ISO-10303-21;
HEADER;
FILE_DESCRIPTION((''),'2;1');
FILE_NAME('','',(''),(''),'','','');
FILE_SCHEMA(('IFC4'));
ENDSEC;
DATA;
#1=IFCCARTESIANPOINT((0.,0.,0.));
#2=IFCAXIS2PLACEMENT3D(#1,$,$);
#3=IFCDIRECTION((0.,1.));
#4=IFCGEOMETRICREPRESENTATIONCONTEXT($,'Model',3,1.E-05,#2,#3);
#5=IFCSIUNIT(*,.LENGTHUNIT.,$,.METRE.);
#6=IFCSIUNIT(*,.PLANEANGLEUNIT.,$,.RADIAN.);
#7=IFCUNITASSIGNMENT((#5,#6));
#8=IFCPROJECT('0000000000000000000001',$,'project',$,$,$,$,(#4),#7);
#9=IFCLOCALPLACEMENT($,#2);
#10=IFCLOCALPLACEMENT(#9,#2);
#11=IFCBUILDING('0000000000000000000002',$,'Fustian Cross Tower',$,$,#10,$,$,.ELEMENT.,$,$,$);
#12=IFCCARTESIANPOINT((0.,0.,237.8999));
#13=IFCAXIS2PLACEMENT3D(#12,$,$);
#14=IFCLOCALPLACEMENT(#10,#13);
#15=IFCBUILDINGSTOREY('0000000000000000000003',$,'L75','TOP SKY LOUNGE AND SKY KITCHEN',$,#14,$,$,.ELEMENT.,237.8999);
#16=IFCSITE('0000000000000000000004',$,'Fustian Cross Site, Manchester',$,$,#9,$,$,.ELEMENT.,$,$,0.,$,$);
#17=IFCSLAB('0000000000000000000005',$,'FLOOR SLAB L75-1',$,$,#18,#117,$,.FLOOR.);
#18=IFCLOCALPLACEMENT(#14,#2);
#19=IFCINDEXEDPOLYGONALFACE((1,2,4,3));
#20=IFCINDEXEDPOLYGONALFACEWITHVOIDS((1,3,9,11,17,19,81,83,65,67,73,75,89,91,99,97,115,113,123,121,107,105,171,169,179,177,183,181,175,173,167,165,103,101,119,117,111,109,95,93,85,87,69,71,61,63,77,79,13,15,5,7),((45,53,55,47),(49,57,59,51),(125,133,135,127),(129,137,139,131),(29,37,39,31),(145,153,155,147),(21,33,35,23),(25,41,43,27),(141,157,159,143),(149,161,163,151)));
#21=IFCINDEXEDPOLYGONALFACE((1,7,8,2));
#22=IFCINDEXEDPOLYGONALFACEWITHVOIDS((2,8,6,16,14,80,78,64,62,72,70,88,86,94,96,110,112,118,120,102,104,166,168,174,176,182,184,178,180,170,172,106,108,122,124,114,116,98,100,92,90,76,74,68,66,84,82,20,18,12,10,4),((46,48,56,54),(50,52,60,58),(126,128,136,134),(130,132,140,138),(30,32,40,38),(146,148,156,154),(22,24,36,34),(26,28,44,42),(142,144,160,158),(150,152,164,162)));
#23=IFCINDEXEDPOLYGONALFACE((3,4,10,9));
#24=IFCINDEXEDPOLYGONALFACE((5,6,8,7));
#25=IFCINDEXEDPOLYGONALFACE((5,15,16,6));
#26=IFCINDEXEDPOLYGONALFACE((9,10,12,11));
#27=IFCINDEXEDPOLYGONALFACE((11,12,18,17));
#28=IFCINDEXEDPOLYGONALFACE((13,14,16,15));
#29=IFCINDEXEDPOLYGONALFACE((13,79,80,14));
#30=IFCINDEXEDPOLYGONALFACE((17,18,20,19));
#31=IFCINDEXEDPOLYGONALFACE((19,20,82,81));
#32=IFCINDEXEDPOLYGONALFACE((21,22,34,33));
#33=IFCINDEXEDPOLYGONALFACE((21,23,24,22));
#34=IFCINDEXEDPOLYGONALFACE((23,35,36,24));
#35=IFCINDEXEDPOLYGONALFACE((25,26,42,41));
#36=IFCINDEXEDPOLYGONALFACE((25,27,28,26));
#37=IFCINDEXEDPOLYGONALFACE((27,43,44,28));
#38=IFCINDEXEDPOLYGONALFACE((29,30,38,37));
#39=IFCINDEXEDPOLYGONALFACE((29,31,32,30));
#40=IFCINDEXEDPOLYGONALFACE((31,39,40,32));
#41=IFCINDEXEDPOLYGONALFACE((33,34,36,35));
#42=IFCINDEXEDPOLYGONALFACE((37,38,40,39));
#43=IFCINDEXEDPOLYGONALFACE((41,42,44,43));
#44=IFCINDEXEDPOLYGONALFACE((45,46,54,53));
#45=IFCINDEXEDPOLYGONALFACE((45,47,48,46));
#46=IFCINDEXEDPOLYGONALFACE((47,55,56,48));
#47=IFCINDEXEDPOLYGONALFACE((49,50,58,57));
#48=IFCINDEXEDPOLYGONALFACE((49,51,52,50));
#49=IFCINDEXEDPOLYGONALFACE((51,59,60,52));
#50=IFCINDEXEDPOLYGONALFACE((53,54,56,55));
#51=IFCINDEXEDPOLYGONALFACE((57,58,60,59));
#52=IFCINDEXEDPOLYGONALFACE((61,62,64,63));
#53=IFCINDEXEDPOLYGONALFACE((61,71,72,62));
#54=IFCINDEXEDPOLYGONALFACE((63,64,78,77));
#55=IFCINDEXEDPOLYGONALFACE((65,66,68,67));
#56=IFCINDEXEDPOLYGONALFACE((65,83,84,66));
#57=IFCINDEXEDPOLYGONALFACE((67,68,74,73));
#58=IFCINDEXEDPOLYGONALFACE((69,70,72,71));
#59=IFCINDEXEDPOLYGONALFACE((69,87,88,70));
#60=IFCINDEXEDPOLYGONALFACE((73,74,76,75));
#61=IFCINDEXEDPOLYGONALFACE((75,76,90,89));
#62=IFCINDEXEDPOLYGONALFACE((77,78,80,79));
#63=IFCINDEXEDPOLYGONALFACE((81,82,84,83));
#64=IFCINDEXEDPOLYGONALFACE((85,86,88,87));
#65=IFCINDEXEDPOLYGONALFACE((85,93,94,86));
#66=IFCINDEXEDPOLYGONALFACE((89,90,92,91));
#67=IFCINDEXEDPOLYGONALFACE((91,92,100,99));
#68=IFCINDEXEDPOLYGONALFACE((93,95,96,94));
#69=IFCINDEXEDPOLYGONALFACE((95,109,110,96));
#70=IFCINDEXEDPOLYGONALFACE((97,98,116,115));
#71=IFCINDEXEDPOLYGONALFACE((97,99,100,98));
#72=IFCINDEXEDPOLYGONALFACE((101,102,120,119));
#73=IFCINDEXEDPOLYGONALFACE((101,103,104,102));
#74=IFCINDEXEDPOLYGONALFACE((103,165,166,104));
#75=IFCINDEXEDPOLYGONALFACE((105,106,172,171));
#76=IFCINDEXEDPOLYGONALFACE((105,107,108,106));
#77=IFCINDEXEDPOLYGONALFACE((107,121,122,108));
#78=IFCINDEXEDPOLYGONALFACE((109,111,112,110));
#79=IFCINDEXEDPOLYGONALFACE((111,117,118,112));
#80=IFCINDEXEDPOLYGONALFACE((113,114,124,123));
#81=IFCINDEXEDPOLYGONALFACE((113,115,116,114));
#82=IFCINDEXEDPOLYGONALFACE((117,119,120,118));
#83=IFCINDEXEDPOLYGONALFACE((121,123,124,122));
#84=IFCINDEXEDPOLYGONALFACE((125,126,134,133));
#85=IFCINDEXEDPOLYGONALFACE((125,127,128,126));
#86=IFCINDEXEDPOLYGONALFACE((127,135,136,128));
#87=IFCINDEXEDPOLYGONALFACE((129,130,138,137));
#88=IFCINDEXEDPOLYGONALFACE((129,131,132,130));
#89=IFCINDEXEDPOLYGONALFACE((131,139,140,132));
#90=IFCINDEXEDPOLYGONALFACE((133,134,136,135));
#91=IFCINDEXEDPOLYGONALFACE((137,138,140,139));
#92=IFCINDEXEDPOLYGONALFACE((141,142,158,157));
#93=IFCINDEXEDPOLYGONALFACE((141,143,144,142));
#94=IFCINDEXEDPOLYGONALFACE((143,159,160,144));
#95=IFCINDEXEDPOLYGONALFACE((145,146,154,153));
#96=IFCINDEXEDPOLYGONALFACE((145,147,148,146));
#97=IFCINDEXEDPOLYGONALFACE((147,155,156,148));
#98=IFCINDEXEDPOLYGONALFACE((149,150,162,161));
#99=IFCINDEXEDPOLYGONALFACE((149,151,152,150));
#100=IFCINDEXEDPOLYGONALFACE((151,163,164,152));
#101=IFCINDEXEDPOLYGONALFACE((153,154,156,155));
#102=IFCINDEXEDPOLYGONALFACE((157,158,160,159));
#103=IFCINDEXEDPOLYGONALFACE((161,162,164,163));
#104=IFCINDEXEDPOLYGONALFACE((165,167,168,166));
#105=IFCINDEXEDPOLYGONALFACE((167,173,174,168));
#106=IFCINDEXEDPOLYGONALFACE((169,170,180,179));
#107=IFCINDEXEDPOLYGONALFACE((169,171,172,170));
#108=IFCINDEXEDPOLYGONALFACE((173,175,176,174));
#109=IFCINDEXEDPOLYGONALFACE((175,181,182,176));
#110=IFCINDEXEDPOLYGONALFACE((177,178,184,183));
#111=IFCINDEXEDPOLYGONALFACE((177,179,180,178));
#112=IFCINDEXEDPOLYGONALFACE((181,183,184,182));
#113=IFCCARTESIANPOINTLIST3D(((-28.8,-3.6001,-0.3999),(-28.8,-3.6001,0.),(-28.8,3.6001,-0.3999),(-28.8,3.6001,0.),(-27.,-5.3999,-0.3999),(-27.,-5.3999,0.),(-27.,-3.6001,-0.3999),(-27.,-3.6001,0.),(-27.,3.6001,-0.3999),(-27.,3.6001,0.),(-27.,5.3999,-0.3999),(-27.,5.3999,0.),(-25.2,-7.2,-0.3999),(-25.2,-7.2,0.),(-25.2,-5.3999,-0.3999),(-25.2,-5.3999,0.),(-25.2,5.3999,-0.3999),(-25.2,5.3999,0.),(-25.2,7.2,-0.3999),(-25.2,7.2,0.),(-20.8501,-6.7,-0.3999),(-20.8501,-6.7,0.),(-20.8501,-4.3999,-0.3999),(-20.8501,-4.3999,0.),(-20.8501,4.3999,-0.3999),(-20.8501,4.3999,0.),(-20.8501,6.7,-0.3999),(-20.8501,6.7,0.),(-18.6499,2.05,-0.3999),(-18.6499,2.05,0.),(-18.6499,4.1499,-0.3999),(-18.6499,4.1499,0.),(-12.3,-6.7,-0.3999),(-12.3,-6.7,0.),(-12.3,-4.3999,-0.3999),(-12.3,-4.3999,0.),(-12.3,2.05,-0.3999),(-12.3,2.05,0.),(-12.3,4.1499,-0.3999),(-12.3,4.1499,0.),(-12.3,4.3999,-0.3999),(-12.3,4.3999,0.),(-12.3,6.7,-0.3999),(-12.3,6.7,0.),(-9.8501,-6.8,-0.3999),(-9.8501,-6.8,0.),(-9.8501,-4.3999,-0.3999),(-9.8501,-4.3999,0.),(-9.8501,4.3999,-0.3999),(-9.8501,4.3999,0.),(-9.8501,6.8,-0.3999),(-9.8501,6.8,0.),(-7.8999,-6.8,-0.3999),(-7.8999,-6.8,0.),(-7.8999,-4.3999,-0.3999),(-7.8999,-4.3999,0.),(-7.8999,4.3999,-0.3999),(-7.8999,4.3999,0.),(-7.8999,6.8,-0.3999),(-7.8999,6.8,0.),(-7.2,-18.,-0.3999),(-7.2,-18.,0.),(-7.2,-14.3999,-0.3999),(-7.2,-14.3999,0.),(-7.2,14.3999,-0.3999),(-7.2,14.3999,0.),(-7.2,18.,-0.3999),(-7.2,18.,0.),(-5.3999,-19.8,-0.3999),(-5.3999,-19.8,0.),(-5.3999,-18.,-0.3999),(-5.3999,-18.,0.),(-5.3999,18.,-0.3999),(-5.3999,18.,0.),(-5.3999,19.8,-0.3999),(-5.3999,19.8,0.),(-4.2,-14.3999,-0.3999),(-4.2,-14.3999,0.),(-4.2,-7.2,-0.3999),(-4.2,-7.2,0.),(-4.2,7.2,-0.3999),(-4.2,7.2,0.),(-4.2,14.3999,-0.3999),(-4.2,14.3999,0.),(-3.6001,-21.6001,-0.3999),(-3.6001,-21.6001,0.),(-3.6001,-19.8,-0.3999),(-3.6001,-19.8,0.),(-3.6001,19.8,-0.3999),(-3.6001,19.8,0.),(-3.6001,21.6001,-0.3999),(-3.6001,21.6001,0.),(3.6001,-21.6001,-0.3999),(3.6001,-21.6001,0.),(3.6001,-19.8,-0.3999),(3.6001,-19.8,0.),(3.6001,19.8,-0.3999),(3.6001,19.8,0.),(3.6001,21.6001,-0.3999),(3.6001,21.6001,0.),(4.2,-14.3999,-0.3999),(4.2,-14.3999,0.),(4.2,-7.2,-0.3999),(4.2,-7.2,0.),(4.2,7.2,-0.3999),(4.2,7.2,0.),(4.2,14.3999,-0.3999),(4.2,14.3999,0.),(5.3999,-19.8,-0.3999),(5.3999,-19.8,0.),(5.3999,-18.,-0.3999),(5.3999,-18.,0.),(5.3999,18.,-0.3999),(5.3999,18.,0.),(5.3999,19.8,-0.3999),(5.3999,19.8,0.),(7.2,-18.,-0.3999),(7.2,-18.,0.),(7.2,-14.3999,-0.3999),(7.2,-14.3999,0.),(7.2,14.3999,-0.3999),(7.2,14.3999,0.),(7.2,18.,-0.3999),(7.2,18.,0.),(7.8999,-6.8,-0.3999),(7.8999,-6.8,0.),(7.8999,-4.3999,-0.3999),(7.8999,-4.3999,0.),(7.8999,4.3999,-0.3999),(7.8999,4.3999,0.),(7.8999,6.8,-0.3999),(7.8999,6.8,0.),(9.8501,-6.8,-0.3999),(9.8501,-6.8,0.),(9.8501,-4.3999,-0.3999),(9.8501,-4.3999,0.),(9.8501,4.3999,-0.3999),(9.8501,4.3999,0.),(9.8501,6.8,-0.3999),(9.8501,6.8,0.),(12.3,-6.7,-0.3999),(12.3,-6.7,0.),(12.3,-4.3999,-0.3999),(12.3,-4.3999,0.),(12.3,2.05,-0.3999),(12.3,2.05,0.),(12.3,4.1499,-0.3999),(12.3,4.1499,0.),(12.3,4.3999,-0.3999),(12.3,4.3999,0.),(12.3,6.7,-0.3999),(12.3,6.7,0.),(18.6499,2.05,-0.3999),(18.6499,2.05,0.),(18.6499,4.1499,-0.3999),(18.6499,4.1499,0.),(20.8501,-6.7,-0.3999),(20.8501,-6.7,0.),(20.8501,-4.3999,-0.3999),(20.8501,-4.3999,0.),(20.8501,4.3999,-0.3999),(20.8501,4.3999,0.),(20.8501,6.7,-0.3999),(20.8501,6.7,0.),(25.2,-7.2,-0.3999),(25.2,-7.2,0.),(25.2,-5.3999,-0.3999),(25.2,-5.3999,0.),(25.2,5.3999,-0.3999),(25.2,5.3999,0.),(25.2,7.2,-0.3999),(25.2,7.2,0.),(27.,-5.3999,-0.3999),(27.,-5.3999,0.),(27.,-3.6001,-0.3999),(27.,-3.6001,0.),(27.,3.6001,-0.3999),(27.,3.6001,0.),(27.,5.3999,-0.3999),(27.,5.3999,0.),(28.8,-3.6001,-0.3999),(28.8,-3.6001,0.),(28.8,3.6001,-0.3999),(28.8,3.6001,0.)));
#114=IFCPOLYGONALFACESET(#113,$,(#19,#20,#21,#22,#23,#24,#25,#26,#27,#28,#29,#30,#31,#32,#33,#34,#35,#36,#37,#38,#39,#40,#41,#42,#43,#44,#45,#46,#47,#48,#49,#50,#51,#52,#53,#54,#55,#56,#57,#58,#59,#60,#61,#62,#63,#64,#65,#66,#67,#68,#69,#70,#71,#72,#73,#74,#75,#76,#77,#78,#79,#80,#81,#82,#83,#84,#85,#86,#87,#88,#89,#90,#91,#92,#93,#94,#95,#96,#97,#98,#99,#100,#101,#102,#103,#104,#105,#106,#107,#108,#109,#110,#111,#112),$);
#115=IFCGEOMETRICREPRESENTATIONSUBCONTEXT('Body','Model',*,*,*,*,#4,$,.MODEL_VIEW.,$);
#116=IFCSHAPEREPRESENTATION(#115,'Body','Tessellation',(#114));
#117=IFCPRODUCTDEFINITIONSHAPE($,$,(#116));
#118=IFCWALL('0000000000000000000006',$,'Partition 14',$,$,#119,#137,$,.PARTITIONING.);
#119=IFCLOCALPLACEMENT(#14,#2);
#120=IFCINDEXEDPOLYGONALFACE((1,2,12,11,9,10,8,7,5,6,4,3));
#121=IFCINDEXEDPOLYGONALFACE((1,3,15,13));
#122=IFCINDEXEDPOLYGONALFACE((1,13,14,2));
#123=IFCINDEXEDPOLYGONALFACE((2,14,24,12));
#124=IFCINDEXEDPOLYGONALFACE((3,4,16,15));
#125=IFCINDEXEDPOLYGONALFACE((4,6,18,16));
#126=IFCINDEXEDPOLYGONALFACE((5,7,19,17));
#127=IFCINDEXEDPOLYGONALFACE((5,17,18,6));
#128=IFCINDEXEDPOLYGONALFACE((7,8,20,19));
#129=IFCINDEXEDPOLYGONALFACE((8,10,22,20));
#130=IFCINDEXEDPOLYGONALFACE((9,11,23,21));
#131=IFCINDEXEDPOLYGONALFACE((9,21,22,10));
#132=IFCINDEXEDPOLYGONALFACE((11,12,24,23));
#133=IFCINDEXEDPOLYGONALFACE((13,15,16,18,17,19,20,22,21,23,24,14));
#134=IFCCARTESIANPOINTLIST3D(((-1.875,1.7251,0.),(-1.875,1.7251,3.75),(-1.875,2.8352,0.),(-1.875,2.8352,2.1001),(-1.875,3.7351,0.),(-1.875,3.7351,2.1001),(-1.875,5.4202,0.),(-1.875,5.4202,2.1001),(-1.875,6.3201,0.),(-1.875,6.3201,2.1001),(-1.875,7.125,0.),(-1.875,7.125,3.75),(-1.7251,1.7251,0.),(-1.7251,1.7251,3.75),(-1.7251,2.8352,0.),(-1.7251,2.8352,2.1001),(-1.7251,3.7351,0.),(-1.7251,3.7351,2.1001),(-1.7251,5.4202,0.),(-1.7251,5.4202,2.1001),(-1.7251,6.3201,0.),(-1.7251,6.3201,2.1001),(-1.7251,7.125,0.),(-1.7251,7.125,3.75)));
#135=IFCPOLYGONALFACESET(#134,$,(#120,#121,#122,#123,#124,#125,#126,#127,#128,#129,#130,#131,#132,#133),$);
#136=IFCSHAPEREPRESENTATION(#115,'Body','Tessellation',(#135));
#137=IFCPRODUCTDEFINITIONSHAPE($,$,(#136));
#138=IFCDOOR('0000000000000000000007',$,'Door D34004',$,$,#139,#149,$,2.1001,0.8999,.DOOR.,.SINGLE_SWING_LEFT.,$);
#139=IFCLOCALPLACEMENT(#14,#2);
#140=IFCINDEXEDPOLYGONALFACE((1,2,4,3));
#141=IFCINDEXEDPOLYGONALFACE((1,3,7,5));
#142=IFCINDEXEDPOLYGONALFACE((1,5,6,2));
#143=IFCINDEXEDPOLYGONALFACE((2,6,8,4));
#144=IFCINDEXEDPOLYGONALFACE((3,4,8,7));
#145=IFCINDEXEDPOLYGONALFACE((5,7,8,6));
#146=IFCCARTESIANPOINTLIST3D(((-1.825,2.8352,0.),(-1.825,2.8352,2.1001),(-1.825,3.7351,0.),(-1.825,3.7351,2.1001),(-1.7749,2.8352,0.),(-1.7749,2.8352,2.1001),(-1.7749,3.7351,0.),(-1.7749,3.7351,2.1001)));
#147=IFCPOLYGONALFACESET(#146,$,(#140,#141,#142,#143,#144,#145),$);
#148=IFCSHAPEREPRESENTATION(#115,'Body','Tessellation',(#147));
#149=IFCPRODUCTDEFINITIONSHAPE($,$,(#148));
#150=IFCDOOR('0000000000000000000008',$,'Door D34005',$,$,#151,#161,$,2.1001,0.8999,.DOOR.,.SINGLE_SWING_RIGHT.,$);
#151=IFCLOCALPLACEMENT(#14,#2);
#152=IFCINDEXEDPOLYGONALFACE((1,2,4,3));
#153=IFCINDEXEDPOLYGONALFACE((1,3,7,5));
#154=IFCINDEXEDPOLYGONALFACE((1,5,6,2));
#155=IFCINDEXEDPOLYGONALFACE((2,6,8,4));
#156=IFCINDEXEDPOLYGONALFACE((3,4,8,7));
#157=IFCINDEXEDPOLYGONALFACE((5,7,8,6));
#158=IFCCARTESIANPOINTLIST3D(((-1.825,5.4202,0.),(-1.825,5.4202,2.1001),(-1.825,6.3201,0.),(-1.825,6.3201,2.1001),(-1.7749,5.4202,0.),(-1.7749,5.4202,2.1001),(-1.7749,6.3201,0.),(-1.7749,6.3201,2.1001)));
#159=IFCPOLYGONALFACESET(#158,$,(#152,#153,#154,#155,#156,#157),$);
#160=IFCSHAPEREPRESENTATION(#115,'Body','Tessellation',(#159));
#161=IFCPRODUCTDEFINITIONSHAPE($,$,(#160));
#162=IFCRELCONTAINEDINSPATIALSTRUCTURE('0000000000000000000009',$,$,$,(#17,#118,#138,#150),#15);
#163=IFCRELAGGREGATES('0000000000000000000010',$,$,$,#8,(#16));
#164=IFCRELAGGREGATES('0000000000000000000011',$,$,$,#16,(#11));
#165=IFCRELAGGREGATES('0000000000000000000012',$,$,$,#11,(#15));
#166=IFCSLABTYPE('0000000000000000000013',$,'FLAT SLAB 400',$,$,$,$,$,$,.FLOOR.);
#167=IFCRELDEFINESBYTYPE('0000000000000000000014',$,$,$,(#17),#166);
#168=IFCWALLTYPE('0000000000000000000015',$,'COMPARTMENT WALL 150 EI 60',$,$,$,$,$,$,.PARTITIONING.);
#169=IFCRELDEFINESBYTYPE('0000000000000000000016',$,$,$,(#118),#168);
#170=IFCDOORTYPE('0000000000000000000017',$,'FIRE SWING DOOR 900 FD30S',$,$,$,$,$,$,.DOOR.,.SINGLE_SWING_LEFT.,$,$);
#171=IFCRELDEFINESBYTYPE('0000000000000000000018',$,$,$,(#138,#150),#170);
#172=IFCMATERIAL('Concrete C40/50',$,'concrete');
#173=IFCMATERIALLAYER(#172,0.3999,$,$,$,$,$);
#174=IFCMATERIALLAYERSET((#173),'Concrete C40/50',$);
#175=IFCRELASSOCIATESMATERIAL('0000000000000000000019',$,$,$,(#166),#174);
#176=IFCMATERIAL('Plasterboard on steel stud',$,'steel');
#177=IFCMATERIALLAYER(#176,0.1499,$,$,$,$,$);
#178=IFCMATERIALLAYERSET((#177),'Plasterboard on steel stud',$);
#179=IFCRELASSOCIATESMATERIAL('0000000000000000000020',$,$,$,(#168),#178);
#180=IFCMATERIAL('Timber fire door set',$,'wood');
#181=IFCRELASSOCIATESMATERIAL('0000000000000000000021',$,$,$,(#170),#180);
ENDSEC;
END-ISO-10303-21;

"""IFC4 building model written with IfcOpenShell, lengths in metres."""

from ifc_helpers import new_model, si_unit, direction, frame, frame_2d, origin, place, context, subcontext, project, spatial, polyline, rectangle, outline, extrude, material, layer, layer_set, type_object, element, fill, save


model = new_model("IFC4")

# Units and contexts
model_context = context("Model", 3, precision=1e-05, world=origin(), true_north=direction((0.0, 1.0)))
body_context = subcontext(model_context, "Body", "Model", "MODEL_VIEW")
ifc_project = project(units=[si_unit("LENGTHUNIT", "METRE"), si_unit("PLANEANGLEUNIT", "RADIAN")], contexts=[model_context])

# Site, building, storey
site_placement = place(None, origin())
site = spatial("IfcSite", under=ifc_project, at=site_placement, Name="Fustian Cross Site, Manchester", CompositionType="ELEMENT", RefElevation=0.0)
building_placement = place(site_placement, origin())
building = spatial("IfcBuilding", under=site, at=building_placement, Name="Fustian Cross Tower", CompositionType="ELEMENT")
storey_placement = place(building_placement, frame((0.0, 0.0, 237.8999)))
storey = spatial("IfcBuildingStorey", under=building, at=storey_placement, Name="L75", Description="TOP SKY LOUNGE AND SKY KITCHEN", CompositionType="ELEMENT", Elevation=237.8999)

# Slab
ifc_material_1 = material(Name="Concrete C40/50", Category="concrete")
ifc_layer_1 = layer(ifc_material_1, 0.3999)
ifc_layer_set_1 = layer_set([ifc_layer_1], Name="Concrete C40/50")
slab_type_1 = type_object("IfcSlabType", Name="FLAT SLAB 400", PredefinedType="FLOOR", material=ifc_layer_set_1)
slab_1_placement = place(storey_placement, frame((0.0, 0.0, -0.3999)))
element("IfcSlab", 1, at=slab_1_placement, inside=storey, type_object=slab_type_1, Name="FLOOR SLAB L75-1", PredefinedType="FLOOR", context=body_context, shape_type="SweptSolid", body=[
    extrude(outline(polyline([(-3.6001, -19.8), (-5.3999, -19.8), (-5.3999, -18.0), (-7.2, -18.0), (-7.2, -14.3999), (-4.2, -14.3999), (-4.2, -7.2), (-25.2, -7.2), (-25.2, -5.3999), (-27.0, -5.3999), (-27.0, -3.6001), (-28.8, -3.6001), (-28.8, 3.6001), (-27.0, 3.6001), (-27.0, 5.3999), (-25.2, 5.3999), (-25.2, 7.2), (-4.2, 7.2), (-4.2, 14.3999), (-7.2, 14.3999), (-7.2, 18.0), (-5.3999, 18.0), (-5.3999, 19.8), (-3.6001, 19.8), (-3.6001, 21.6001), (3.6001, 21.6001), (3.6001, 19.8), (5.3999, 19.8), (5.3999, 18.0), (7.2, 18.0), (7.2, 14.3999), (4.2, 14.3999), (4.2, 7.2), (25.2, 7.2), (25.2, 5.3999), (27.0, 5.3999), (27.0, 3.6001), (28.8, 3.6001), (28.8, -3.6001), (27.0, -3.6001), (27.0, -5.3999), (25.2, -5.3999), (25.2, -7.2), (4.2, -7.2), (4.2, -14.3999), (7.2, -14.3999), (7.2, -18.0), (5.3999, -18.0), (5.3999, -19.8), (3.6001, -19.8), (3.6001, -21.6001), (-3.6001, -21.6001), (-3.6001, -19.8)]), holes=[polyline([(7.8999, 6.8), (7.8999, 4.3999), (9.8501, 4.3999), (9.8501, 6.8), (7.8999, 6.8)]), polyline([(9.8501, -4.3999), (7.8999, -4.3999), (7.8999, -6.8), (9.8501, -6.8), (9.8501, -4.3999)]), polyline([(-7.8999, 4.3999), (-7.8999, 6.8), (-9.8501, 6.8), (-9.8501, 4.3999), (-7.8999, 4.3999)]), polyline([(-9.8501, -6.8), (-7.8999, -6.8), (-7.8999, -4.3999), (-9.8501, -4.3999), (-9.8501, -6.8)]), polyline([(12.3, 4.1499), (12.3, 2.05), (18.6499, 2.05), (18.6499, 4.1499), (12.3, 4.1499)]), polyline([(-12.3, 4.1499), (-18.6499, 4.1499), (-18.6499, 2.05), (-12.3, 2.05), (-12.3, 4.1499)]), polyline([(20.8501, 4.3999), (20.8501, 6.7), (12.3, 6.7), (12.3, 4.3999), (20.8501, 4.3999)]), polyline([(12.3, -6.7), (20.8501, -6.7), (20.8501, -4.3999), (12.3, -4.3999), (12.3, -6.7)]), polyline([(-20.8501, 6.7), (-20.8501, 4.3999), (-12.3, 4.3999), (-12.3, 6.7), (-20.8501, 6.7)]), polyline([(-12.3, -4.3999), (-20.8501, -4.3999), (-20.8501, -6.7), (-12.3, -6.7), (-12.3, -4.3999)])]), origin(), (0.0, 0.0, 1.0), 0.3999),
])

# Wall, openings, doors
ifc_material_2 = material(Name="Plasterboard on steel stud", Category="steel")
ifc_layer_2 = layer(ifc_material_2, 0.1499)
ifc_layer_set_2 = layer_set([ifc_layer_2], Name="Plasterboard on steel stud")
wall_type_1 = type_object("IfcWallType", Name="COMPARTMENT WALL 150 EI 60", PredefinedType="PARTITIONING", material=ifc_layer_set_2)
wall_1_placement = place(storey_placement, frame((-1.8, 1.7251, 0.0), z_axis=(0.0, 0.0, 1.0), x_axis=(0.0, 1.0, 0.0)))
wall_1 = element("IfcWall", 2, at=wall_1_placement, inside=storey, type_object=wall_type_1, Name="Partition 14", PredefinedType="PARTITIONING", context=body_context, shape_type="SweptSolid", body=[
    extrude(rectangle(XDim=5.3999, YDim=0.1499, at=frame_2d((2.7, 0.0))), origin(), (0.0, 0.0, 1.0), 3.75),
])
opening_1_placement = place(wall_1_placement, frame((1.1101, 0.0, 0.0)))
opening_1 = element("IfcOpeningElement", 3, at=opening_1_placement, cuts=wall_1, PredefinedType="OPENING", context=body_context, shape_type="SweptSolid", body=[
    extrude(rectangle(XDim=0.8999, YDim=2.1001, at=frame_2d((0.45, 1.05))), frame((0.0, 0.085, 0.0), z_axis=(0.0, -1.0, 0.0), x_axis=(1.0, 0.0, 0.0)), (0.0, 0.0, 1.0), 0.1699),
])
opening_2_placement = place(wall_1_placement, frame((3.6951, 0.0, 0.0)))
opening_2 = element("IfcOpeningElement", 4, at=opening_2_placement, cuts=wall_1, PredefinedType="OPENING", context=body_context, shape_type="SweptSolid", body=[
    extrude(rectangle(XDim=0.8999, YDim=2.1001, at=frame_2d((0.45, 1.05))), frame((0.0, 0.085, 0.0), z_axis=(0.0, -1.0, 0.0), x_axis=(1.0, 0.0, 0.0)), (0.0, 0.0, 1.0), 0.1699),
])
ifc_material_3 = material(Name="Timber fire door set", Category="wood")
door_type_1 = type_object("IfcDoorType", Name="FIRE SWING DOOR 900 FD30S", OperationType="SINGLE_SWING_LEFT", PredefinedType="DOOR", material=ifc_material_3)
door_1_placement = place(opening_1_placement, origin())
door_1 = element("IfcDoor", 5, at=door_1_placement, inside=storey, type_object=door_type_1, Name="Door D34004", OperationType="SINGLE_SWING_LEFT", OverallHeight=2.1001, OverallWidth=0.8999, PredefinedType="DOOR", context=body_context, shape_type="SweptSolid", body=[
    extrude(rectangle(XDim=0.8999, YDim=2.1001, at=frame_2d((0.45, 1.05))), frame((0.0, 0.0249, 0.0), z_axis=(0.0, -1.0, 0.0), x_axis=(1.0, 0.0, 0.0)), (0.0, 0.0, 1.0), 0.05),
])
fill(opening_1, door_1)
door_2_placement = place(opening_2_placement, origin())
door_2 = element("IfcDoor", 6, at=door_2_placement, inside=storey, type_object=door_type_1, Name="Door D34005", OperationType="SINGLE_SWING_RIGHT", OverallHeight=2.1001, OverallWidth=0.8999, PredefinedType="DOOR", context=body_context, shape_type="SweptSolid", body=[
    extrude(rectangle(XDim=0.8999, YDim=2.1001, at=frame_2d((0.45, 1.05))), frame((0.0, 0.0249, 0.0), z_axis=(0.0, -1.0, 0.0), x_axis=(1.0, 0.0, 0.0)), (0.0, 0.0, 1.0), 0.05),
])
fill(opening_2, door_2)

save(model, "model.ifc")
